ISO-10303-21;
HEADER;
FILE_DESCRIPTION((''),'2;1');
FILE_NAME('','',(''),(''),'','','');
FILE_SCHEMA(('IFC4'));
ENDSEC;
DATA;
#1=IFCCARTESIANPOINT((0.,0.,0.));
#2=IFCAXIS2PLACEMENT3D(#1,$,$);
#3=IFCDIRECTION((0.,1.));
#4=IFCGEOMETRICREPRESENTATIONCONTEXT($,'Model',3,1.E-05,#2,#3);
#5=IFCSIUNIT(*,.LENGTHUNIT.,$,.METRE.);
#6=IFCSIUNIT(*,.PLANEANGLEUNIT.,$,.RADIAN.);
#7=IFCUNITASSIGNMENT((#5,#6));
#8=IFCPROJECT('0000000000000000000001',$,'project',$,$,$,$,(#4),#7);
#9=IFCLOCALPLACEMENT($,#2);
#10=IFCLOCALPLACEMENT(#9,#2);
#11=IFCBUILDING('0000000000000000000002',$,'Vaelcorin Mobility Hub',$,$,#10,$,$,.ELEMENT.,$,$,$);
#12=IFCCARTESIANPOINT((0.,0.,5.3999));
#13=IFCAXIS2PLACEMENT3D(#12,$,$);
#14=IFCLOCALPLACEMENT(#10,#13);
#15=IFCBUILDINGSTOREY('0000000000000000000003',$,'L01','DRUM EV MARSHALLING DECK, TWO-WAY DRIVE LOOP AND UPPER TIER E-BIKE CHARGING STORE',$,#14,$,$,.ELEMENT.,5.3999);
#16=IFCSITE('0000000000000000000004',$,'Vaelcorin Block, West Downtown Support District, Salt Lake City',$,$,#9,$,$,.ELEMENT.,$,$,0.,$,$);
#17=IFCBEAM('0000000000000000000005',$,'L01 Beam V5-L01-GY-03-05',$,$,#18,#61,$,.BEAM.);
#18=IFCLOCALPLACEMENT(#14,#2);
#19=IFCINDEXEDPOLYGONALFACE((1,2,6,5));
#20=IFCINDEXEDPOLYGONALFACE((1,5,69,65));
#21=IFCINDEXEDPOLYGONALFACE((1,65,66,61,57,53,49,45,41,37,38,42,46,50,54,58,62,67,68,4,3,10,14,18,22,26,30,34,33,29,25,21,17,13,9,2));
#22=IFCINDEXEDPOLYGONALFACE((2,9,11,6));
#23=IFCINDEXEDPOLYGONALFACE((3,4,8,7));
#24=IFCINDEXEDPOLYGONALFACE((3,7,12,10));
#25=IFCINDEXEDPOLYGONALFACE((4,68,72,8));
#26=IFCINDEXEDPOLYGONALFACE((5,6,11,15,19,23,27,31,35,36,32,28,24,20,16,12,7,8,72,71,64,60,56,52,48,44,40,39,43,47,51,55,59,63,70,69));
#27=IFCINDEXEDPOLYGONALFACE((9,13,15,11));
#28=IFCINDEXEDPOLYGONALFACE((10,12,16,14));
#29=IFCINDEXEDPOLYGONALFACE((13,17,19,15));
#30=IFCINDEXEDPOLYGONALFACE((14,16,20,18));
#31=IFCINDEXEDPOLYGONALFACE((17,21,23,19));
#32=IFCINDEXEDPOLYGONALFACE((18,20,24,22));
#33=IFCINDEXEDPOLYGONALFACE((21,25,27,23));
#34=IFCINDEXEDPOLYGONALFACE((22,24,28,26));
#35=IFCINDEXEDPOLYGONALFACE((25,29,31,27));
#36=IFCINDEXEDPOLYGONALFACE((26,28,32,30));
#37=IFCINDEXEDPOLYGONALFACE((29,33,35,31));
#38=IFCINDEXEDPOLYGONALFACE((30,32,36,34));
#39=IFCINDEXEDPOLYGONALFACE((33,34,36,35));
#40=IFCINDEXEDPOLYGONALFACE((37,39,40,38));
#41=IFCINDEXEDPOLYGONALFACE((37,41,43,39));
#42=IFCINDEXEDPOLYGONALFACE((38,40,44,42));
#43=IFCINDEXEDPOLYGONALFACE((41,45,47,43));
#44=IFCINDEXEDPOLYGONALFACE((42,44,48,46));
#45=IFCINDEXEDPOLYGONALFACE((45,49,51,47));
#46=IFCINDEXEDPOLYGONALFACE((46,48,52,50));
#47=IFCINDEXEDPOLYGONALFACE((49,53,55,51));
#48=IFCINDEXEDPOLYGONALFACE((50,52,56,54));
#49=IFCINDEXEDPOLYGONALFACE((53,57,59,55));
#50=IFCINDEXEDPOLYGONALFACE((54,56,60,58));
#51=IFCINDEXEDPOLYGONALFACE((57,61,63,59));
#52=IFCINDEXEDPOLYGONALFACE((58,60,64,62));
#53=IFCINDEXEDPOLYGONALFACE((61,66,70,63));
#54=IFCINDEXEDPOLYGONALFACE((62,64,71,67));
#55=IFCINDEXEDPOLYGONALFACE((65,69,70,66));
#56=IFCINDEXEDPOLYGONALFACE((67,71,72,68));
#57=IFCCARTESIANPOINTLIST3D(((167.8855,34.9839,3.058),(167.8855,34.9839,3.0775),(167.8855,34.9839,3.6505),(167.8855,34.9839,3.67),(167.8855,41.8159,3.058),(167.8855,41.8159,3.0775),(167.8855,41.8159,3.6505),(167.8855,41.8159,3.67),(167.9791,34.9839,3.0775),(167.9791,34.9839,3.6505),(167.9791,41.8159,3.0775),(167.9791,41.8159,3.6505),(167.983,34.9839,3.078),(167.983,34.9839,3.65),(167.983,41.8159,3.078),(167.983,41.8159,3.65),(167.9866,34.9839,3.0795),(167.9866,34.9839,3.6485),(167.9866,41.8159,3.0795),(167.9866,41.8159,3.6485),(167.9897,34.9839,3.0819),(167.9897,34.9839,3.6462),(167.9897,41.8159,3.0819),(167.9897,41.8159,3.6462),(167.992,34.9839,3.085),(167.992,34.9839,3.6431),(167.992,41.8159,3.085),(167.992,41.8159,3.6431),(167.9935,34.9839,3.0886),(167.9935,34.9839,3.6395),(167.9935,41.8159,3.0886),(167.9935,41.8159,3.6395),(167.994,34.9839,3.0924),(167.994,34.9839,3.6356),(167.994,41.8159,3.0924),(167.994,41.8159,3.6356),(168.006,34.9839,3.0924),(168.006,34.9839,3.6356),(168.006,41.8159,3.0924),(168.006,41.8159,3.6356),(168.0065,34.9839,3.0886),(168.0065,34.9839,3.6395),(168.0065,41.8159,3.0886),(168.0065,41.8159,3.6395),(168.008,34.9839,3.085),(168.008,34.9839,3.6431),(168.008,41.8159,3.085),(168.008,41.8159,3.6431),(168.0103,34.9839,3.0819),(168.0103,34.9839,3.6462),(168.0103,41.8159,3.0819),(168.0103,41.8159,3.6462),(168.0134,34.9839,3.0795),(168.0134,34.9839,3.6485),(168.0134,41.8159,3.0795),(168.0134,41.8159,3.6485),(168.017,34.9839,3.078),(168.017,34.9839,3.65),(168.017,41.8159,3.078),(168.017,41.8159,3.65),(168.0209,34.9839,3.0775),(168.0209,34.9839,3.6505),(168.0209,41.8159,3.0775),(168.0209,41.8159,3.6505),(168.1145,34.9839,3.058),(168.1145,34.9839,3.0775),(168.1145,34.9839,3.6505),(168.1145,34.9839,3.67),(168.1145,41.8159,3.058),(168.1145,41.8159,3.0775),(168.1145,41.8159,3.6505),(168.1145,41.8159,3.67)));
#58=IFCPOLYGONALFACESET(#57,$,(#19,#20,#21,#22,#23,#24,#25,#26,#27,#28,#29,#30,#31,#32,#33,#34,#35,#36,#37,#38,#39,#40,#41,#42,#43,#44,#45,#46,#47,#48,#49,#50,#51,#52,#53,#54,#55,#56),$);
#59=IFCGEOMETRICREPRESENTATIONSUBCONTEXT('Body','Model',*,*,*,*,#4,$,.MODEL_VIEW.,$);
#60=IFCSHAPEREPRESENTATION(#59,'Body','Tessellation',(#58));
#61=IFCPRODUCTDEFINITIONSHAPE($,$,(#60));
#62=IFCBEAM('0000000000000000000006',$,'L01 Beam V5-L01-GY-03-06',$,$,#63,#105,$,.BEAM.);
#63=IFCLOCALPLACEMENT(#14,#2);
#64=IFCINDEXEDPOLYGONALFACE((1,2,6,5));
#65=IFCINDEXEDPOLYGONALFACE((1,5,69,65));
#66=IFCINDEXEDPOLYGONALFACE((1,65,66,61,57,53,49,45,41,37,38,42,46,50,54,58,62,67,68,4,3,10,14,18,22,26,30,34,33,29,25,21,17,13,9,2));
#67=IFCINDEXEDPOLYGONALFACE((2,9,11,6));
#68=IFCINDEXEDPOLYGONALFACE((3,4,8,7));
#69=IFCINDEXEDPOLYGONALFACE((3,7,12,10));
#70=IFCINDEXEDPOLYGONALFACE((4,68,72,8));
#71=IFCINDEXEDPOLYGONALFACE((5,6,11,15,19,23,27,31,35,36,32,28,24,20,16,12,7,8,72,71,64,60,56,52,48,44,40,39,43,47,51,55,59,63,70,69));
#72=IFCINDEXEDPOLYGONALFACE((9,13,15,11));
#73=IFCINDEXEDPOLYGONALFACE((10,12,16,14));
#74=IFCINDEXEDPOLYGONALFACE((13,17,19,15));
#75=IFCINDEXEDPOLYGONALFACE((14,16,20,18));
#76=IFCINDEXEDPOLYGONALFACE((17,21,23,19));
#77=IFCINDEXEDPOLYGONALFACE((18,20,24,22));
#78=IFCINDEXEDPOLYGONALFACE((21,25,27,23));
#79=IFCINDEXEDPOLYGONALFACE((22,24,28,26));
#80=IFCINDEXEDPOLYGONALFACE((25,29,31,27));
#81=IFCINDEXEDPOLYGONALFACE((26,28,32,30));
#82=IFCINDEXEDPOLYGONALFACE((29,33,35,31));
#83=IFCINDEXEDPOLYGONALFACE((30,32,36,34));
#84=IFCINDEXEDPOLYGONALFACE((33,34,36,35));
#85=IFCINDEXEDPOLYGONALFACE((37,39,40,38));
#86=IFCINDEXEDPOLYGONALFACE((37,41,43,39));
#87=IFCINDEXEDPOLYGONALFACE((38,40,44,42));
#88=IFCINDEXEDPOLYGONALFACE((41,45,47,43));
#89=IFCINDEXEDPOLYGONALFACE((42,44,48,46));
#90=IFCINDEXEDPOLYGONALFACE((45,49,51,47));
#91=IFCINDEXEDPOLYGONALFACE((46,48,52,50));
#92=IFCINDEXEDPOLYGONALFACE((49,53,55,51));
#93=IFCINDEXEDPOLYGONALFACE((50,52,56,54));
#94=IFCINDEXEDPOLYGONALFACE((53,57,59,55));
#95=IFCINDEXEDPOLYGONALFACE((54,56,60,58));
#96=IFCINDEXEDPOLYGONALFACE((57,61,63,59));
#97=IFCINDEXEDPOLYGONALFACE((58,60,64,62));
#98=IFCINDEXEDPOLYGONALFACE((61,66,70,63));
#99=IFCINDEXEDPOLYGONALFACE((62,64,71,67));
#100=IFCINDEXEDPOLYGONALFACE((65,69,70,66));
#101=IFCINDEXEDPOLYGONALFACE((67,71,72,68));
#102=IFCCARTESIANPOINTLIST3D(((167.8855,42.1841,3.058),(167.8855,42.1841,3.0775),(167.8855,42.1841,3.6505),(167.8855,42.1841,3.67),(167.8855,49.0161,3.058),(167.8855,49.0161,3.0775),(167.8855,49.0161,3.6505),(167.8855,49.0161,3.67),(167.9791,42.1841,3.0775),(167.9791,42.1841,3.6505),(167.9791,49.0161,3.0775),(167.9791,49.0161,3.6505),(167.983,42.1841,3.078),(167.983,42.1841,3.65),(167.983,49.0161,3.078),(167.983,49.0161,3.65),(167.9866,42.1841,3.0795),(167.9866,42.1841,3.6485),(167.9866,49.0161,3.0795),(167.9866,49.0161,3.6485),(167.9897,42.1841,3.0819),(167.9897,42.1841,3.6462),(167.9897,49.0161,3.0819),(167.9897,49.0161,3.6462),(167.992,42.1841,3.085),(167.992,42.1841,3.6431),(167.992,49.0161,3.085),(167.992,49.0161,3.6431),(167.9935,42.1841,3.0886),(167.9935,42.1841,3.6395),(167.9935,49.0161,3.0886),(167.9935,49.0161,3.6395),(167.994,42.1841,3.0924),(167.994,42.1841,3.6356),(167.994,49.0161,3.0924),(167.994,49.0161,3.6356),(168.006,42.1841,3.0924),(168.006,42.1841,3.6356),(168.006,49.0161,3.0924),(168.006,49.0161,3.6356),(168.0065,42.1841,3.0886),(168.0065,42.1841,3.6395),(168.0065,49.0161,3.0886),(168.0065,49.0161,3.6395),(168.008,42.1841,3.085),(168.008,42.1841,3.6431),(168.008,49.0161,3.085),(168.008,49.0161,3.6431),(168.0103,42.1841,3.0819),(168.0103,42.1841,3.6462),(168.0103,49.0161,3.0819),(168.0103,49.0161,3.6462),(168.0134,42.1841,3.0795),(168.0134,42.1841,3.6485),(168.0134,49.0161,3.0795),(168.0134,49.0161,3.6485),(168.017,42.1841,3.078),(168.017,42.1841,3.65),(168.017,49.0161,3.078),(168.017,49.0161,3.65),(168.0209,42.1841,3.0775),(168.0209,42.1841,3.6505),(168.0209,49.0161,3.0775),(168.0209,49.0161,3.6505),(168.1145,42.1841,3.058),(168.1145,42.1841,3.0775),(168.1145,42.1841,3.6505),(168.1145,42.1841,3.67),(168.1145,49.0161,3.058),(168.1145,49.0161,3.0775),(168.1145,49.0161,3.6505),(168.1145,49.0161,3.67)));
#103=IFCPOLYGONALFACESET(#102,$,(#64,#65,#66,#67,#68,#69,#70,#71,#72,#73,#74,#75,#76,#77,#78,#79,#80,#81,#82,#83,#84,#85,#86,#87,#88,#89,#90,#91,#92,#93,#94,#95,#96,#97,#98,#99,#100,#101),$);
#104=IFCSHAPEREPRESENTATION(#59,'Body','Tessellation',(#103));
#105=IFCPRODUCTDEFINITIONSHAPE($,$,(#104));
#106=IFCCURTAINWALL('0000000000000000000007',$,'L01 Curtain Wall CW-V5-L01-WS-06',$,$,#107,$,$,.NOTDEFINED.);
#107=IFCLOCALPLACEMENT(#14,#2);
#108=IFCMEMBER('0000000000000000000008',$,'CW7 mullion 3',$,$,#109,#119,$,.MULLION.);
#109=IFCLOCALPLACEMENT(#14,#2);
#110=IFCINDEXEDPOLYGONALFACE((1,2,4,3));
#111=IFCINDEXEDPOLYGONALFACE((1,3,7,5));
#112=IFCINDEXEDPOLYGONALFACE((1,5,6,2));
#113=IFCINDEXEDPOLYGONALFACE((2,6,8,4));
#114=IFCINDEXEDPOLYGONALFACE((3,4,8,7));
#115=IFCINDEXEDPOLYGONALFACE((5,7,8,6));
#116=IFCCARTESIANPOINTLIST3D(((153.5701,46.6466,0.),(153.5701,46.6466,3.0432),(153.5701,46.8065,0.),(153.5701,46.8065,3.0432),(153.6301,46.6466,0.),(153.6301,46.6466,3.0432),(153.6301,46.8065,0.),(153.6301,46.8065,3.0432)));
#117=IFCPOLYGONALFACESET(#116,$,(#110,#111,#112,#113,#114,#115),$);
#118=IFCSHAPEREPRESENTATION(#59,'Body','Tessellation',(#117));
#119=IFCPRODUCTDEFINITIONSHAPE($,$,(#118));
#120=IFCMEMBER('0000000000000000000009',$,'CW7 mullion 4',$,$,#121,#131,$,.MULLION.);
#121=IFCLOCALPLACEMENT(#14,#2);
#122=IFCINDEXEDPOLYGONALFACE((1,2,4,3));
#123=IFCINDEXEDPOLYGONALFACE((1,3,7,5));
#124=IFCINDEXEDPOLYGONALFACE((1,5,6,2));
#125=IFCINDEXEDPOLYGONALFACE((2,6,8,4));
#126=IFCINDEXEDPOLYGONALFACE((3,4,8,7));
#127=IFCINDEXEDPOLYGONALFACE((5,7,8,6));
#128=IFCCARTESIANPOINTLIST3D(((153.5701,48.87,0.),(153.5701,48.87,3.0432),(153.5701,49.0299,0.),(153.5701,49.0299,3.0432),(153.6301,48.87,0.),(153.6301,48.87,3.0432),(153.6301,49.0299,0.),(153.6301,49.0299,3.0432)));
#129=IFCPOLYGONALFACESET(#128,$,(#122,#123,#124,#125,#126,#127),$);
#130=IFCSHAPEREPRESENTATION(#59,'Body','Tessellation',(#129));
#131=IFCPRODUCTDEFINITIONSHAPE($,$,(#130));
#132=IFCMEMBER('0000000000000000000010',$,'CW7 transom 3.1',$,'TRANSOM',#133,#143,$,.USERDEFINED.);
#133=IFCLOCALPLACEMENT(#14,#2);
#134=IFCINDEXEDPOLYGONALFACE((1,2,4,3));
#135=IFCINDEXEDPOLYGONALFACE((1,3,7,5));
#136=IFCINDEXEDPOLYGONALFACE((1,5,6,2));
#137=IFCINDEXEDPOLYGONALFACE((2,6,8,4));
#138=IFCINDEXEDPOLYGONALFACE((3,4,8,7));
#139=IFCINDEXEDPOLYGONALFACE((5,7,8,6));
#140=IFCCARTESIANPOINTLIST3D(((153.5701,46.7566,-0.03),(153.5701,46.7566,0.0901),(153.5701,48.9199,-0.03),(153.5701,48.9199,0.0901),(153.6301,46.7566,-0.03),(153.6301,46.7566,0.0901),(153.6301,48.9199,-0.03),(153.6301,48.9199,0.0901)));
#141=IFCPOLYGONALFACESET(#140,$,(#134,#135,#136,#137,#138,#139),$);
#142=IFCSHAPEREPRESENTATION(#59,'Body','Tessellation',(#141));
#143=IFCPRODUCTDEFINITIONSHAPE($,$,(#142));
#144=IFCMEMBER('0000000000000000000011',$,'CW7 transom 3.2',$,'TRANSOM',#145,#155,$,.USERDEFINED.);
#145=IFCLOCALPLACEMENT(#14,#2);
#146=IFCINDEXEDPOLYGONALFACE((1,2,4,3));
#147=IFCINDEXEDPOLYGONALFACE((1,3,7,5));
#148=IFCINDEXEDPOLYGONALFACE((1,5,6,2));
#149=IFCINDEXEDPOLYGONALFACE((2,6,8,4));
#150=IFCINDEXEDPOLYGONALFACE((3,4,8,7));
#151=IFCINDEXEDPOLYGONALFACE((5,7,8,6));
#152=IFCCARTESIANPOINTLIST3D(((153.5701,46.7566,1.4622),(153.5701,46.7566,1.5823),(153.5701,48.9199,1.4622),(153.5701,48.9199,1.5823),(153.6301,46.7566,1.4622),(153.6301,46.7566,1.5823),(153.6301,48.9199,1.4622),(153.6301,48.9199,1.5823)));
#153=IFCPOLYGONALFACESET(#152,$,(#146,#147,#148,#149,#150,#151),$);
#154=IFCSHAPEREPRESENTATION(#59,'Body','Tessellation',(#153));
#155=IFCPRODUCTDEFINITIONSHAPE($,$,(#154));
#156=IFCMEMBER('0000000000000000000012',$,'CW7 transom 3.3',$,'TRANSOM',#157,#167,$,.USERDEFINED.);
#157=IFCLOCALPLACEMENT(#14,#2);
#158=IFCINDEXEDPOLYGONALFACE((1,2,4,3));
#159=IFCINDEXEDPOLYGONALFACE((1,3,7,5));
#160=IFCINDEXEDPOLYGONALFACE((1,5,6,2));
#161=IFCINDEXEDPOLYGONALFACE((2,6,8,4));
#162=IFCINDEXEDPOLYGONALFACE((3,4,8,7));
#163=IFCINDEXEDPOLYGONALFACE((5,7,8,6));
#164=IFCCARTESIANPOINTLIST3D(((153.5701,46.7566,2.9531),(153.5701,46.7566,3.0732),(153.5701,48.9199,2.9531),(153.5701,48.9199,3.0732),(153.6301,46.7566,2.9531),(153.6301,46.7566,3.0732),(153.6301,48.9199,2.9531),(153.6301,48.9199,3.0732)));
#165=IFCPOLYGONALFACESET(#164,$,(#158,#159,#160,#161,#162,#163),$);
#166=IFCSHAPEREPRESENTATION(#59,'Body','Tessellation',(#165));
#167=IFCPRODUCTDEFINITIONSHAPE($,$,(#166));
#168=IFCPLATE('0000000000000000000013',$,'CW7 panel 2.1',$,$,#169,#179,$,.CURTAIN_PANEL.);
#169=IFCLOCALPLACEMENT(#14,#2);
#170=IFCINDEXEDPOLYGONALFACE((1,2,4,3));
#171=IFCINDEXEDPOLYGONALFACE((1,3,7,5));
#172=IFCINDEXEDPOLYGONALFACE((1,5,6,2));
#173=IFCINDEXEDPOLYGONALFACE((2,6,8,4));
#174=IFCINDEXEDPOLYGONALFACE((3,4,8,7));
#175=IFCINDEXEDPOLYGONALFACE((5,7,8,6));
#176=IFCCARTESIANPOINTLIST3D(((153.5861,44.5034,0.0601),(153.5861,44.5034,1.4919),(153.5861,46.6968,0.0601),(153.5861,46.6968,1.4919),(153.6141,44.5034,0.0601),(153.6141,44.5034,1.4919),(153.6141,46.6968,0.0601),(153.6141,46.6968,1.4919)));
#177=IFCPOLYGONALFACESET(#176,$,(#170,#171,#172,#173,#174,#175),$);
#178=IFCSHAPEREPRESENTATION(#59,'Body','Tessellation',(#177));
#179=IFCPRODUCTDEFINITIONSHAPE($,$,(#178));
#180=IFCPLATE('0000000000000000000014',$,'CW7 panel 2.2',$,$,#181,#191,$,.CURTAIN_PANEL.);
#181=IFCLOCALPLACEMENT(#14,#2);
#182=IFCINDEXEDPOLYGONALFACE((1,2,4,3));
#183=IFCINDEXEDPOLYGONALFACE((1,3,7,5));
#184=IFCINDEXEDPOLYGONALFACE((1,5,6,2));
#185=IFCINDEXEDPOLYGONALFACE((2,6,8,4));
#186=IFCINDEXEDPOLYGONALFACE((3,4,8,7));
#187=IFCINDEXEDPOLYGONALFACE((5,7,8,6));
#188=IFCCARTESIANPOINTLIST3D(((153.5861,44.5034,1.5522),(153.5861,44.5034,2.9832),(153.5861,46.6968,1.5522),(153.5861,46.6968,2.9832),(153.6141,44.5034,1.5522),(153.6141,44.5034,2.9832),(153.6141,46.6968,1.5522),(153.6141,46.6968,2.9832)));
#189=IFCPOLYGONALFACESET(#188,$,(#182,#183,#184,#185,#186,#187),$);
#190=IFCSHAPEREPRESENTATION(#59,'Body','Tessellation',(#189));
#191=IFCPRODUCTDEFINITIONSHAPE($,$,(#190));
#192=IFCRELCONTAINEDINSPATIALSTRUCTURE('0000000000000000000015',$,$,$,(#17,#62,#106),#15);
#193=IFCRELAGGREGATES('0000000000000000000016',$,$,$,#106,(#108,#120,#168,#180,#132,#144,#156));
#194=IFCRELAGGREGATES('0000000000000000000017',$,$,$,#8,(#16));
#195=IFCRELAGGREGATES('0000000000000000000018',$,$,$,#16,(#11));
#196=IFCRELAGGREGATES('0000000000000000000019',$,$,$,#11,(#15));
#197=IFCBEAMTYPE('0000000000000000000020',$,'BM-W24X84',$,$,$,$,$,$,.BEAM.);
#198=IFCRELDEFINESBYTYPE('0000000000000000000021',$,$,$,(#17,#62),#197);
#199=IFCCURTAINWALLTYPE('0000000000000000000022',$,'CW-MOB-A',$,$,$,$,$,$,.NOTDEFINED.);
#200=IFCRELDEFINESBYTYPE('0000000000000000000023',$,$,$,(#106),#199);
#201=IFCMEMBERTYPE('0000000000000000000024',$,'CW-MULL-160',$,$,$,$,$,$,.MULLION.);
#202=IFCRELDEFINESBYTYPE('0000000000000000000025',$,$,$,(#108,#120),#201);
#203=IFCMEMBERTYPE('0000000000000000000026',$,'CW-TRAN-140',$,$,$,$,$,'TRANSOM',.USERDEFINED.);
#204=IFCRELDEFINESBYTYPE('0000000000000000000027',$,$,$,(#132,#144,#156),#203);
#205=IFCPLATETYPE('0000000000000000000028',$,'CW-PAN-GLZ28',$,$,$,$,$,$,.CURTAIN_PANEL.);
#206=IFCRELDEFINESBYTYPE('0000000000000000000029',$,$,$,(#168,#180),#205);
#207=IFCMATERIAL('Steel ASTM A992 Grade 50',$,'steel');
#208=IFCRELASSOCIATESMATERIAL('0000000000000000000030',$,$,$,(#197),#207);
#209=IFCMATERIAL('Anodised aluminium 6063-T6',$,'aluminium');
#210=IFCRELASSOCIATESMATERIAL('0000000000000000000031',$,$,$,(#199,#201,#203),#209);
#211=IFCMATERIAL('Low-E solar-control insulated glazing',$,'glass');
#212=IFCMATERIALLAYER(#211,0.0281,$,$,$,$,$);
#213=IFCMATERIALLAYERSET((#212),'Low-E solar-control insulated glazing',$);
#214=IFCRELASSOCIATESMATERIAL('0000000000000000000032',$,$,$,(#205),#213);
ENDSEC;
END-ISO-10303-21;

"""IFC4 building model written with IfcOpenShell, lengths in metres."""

from ifc_helpers import new_model, si_unit, direction, frame, origin, origin_2d, place, context, subcontext, project, spatial, rectangle, i_section, extrude, material, layer, layer_set, material_profile, profile_set, type_object, element, aggregate, save


model = new_model("IFC4")

# Units and contexts
model_context = context("Model", 3, precision=1e-05, world=origin(), true_north=direction((0.0, 1.0)))
body_context = subcontext(model_context, "Body", "Model", "MODEL_VIEW")
ifc_project = project(units=[si_unit("LENGTHUNIT", "METRE"), si_unit("PLANEANGLEUNIT", "RADIAN")], contexts=[model_context])

# Site, building, storey
site_placement = place(None, origin())
site = spatial("IfcSite", under=ifc_project, at=site_placement, Name="Vaelcorin Block, West Downtown Support District, Salt Lake City", CompositionType="ELEMENT", RefElevation=0.0)
building_placement = place(site_placement, origin())
building = spatial("IfcBuilding", under=site, at=building_placement, Name="Vaelcorin Mobility Hub", CompositionType="ELEMENT")
storey_placement = place(building_placement, frame((0.0, 0.0, 5.3999)))
storey = spatial("IfcBuildingStorey", under=building, at=storey_placement, Name="L01", Description="DRUM EV MARSHALLING DECK, TWO-WAY DRIVE LOOP AND UPPER TIER E-BIKE CHARGING STORE", CompositionType="ELEMENT", Elevation=5.3999)

# Shared definitions
ifc_material_1 = material(Name="Steel ASTM A992 Grade 50", Category="steel")

# Beams
ifc_material_profile_1 = material_profile(ifc_material_1, i_section(OverallWidth=0.229, OverallDepth=0.6121, WebThickness=0.012, FlangeThickness=0.0195, FilletRadius=0.0149, at=origin_2d()), Name="W24X84")
ifc_profile_set_1 = profile_set([ifc_material_profile_1], Name="Steel ASTM A992 Grade 50")
beam_type_1 = type_object("IfcBeamType", Name="BM-W24X84", PredefinedType="BEAM", material=ifc_profile_set_1)
for number, where, z_axis, x_axis, name in (
    (1, (168.0, 34.9839, 3.364), (0.0, 1.0, 0.0), (-1.0, 0.0, 0.0), "L01 Beam V5-L01-GY-03-05"),
    (2, (168.0, 42.1841, 3.364), (0.0, 1.0, 0.0), (-1.0, 0.0, 0.0), "L01 Beam V5-L01-GY-03-06"),
):
    element("IfcBeam", number, at=place(storey_placement, frame(where, z_axis=z_axis, x_axis=x_axis)), inside=storey, type_object=beam_type_1, Name=name, PredefinedType="BEAM", context=body_context, shape_type="SweptSolid", body=[
        extrude(i_section(OverallWidth=0.229, OverallDepth=0.6121, WebThickness=0.012, FlangeThickness=0.0195, FilletRadius=0.0149, at=origin_2d()), origin(), (0.0, 0.0, 1.0), 6.832),
    ])

# Curtain wall, members, plates
ifc_material_2 = material(Name="Anodised aluminium 6063-T6", Category="aluminium")
curtain_wall_type = type_object("IfcCurtainWallType", Name="CW-MOB-A", PredefinedType="NOTDEFINED", material=ifc_material_2)
curtain_wall_placement = place(storey_placement, origin())
curtain_wall = element("IfcCurtainWall", 3, at=curtain_wall_placement, inside=storey, type_object=curtain_wall_type, Name="L01 Curtain Wall CW-V5-L01-WS-06", PredefinedType="NOTDEFINED")
ifc_material_profile_2 = material_profile(ifc_material_2, rectangle(XDim=0.0601, YDim=0.1599, at=origin_2d()), Name="ALU-M60X160")
ifc_profile_set_2 = profile_set([ifc_material_profile_2], Name="Anodised aluminium 6063-T6")
member_type_1 = type_object("IfcMemberType", Name="CW-MULL-160", PredefinedType="MULLION", material=ifc_profile_set_2)
member_1_placement = place(storey_placement, frame((153.6001, 46.7266, 0.0), z_axis=(0.0, 0.0, 1.0), x_axis=(-1.0, 0.0, 0.0)))
member_1 = element("IfcMember", 4, at=member_1_placement, type_object=member_type_1, Name="CW7 mullion 3", PredefinedType="MULLION", context=body_context, shape_type="SweptSolid", body=[
    extrude(rectangle(XDim=0.0601, YDim=0.1599, at=origin_2d()), origin(), (0.0, 0.0, 1.0), 3.0432),
])
member_2_placement = place(storey_placement, frame((153.6001, 48.95, 0.0), z_axis=(0.0, 0.0, 1.0), x_axis=(-1.0, 0.0, 0.0)))
member_2 = element("IfcMember", 5, at=member_2_placement, type_object=member_type_1, Name="CW7 mullion 4", PredefinedType="MULLION", context=body_context, shape_type="SweptSolid", body=[
    extrude(rectangle(XDim=0.0601, YDim=0.1599, at=origin_2d()), origin(), (0.0, 0.0, 1.0), 3.0432),
])
ifc_material_profile_3 = material_profile(ifc_material_2, rectangle(XDim=0.0601, YDim=0.1201, at=origin_2d()), Name="ALU-T60X120")
ifc_profile_set_3 = profile_set([ifc_material_profile_3], Name="Anodised aluminium 6063-T6")
member_type_2 = type_object("IfcMemberType", Name="CW-TRAN-140", ElementType="TRANSOM", PredefinedType="USERDEFINED", material=ifc_profile_set_3)
member_3_placement = place(storey_placement, frame((153.6001, 46.7566, 0.03), z_axis=(0.0, 1.0, 0.0), x_axis=(-1.0, 0.0, 0.0)))
member_3 = element("IfcMember", 6, at=member_3_placement, type_object=member_type_2, Name="CW7 transom 3.1", ObjectType="TRANSOM", PredefinedType="USERDEFINED", context=body_context, shape_type="SweptSolid", body=[
    extrude(rectangle(XDim=0.0601, YDim=0.1201, at=origin_2d()), origin(), (0.0, 0.0, 1.0), 2.1633),
])
member_4_placement = place(storey_placement, frame((153.6001, 46.7566, 1.5222), z_axis=(0.0, 1.0, 0.0), x_axis=(-1.0, 0.0, 0.0)))
member_4 = element("IfcMember", 7, at=member_4_placement, type_object=member_type_2, Name="CW7 transom 3.2", ObjectType="TRANSOM", PredefinedType="USERDEFINED", context=body_context, shape_type="SweptSolid", body=[
    extrude(rectangle(XDim=0.0601, YDim=0.1201, at=origin_2d()), origin(), (0.0, 0.0, 1.0), 2.1633),
])
member_5_placement = place(storey_placement, frame((153.6001, 46.7566, 3.0132), z_axis=(0.0, 1.0, 0.0), x_axis=(-1.0, 0.0, 0.0)))
member_5 = element("IfcMember", 8, at=member_5_placement, type_object=member_type_2, Name="CW7 transom 3.3", ObjectType="TRANSOM", PredefinedType="USERDEFINED", context=body_context, shape_type="SweptSolid", body=[
    extrude(rectangle(XDim=0.0601, YDim=0.1201, at=origin_2d()), origin(), (0.0, 0.0, 1.0), 2.1633),
])
ifc_material_3 = material(Name="Low-E solar-control insulated glazing", Category="glass")
ifc_layer = layer(ifc_material_3, 0.0281)
ifc_layer_set = layer_set([ifc_layer], Name="Low-E solar-control insulated glazing")
plate_type = type_object("IfcPlateType", Name="CW-PAN-GLZ28", PredefinedType="CURTAIN_PANEL", material=ifc_layer_set)
plate_1_placement = place(storey_placement, frame((153.6001, 45.6001, 0.0601), z_axis=(0.0, 0.0, 1.0), x_axis=(0.0, 1.0, 0.0)))
plate_1 = element("IfcPlate", 9, at=plate_1_placement, type_object=plate_type, Name="CW7 panel 2.1", PredefinedType="CURTAIN_PANEL", context=body_context, shape_type="SweptSolid", body=[
    extrude(rectangle(XDim=2.1934, YDim=0.0281, at=origin_2d()), origin(), (0.0, 0.0, 1.0), 1.4319),
])
plate_2_placement = place(storey_placement, frame((153.6001, 45.6001, 1.5522), z_axis=(0.0, 0.0, 1.0), x_axis=(0.0, 1.0, 0.0)))
plate_2 = element("IfcPlate", 10, at=plate_2_placement, type_object=plate_type, Name="CW7 panel 2.2", PredefinedType="CURTAIN_PANEL", context=body_context, shape_type="SweptSolid", body=[
    extrude(rectangle(XDim=2.1934, YDim=0.0281, at=origin_2d()), origin(), (0.0, 0.0, 1.0), 1.4309),
])
aggregate(curtain_wall, [member_1, member_2, plate_1, plate_2, member_3, member_4, member_5])

save(model, "model.ifc")
